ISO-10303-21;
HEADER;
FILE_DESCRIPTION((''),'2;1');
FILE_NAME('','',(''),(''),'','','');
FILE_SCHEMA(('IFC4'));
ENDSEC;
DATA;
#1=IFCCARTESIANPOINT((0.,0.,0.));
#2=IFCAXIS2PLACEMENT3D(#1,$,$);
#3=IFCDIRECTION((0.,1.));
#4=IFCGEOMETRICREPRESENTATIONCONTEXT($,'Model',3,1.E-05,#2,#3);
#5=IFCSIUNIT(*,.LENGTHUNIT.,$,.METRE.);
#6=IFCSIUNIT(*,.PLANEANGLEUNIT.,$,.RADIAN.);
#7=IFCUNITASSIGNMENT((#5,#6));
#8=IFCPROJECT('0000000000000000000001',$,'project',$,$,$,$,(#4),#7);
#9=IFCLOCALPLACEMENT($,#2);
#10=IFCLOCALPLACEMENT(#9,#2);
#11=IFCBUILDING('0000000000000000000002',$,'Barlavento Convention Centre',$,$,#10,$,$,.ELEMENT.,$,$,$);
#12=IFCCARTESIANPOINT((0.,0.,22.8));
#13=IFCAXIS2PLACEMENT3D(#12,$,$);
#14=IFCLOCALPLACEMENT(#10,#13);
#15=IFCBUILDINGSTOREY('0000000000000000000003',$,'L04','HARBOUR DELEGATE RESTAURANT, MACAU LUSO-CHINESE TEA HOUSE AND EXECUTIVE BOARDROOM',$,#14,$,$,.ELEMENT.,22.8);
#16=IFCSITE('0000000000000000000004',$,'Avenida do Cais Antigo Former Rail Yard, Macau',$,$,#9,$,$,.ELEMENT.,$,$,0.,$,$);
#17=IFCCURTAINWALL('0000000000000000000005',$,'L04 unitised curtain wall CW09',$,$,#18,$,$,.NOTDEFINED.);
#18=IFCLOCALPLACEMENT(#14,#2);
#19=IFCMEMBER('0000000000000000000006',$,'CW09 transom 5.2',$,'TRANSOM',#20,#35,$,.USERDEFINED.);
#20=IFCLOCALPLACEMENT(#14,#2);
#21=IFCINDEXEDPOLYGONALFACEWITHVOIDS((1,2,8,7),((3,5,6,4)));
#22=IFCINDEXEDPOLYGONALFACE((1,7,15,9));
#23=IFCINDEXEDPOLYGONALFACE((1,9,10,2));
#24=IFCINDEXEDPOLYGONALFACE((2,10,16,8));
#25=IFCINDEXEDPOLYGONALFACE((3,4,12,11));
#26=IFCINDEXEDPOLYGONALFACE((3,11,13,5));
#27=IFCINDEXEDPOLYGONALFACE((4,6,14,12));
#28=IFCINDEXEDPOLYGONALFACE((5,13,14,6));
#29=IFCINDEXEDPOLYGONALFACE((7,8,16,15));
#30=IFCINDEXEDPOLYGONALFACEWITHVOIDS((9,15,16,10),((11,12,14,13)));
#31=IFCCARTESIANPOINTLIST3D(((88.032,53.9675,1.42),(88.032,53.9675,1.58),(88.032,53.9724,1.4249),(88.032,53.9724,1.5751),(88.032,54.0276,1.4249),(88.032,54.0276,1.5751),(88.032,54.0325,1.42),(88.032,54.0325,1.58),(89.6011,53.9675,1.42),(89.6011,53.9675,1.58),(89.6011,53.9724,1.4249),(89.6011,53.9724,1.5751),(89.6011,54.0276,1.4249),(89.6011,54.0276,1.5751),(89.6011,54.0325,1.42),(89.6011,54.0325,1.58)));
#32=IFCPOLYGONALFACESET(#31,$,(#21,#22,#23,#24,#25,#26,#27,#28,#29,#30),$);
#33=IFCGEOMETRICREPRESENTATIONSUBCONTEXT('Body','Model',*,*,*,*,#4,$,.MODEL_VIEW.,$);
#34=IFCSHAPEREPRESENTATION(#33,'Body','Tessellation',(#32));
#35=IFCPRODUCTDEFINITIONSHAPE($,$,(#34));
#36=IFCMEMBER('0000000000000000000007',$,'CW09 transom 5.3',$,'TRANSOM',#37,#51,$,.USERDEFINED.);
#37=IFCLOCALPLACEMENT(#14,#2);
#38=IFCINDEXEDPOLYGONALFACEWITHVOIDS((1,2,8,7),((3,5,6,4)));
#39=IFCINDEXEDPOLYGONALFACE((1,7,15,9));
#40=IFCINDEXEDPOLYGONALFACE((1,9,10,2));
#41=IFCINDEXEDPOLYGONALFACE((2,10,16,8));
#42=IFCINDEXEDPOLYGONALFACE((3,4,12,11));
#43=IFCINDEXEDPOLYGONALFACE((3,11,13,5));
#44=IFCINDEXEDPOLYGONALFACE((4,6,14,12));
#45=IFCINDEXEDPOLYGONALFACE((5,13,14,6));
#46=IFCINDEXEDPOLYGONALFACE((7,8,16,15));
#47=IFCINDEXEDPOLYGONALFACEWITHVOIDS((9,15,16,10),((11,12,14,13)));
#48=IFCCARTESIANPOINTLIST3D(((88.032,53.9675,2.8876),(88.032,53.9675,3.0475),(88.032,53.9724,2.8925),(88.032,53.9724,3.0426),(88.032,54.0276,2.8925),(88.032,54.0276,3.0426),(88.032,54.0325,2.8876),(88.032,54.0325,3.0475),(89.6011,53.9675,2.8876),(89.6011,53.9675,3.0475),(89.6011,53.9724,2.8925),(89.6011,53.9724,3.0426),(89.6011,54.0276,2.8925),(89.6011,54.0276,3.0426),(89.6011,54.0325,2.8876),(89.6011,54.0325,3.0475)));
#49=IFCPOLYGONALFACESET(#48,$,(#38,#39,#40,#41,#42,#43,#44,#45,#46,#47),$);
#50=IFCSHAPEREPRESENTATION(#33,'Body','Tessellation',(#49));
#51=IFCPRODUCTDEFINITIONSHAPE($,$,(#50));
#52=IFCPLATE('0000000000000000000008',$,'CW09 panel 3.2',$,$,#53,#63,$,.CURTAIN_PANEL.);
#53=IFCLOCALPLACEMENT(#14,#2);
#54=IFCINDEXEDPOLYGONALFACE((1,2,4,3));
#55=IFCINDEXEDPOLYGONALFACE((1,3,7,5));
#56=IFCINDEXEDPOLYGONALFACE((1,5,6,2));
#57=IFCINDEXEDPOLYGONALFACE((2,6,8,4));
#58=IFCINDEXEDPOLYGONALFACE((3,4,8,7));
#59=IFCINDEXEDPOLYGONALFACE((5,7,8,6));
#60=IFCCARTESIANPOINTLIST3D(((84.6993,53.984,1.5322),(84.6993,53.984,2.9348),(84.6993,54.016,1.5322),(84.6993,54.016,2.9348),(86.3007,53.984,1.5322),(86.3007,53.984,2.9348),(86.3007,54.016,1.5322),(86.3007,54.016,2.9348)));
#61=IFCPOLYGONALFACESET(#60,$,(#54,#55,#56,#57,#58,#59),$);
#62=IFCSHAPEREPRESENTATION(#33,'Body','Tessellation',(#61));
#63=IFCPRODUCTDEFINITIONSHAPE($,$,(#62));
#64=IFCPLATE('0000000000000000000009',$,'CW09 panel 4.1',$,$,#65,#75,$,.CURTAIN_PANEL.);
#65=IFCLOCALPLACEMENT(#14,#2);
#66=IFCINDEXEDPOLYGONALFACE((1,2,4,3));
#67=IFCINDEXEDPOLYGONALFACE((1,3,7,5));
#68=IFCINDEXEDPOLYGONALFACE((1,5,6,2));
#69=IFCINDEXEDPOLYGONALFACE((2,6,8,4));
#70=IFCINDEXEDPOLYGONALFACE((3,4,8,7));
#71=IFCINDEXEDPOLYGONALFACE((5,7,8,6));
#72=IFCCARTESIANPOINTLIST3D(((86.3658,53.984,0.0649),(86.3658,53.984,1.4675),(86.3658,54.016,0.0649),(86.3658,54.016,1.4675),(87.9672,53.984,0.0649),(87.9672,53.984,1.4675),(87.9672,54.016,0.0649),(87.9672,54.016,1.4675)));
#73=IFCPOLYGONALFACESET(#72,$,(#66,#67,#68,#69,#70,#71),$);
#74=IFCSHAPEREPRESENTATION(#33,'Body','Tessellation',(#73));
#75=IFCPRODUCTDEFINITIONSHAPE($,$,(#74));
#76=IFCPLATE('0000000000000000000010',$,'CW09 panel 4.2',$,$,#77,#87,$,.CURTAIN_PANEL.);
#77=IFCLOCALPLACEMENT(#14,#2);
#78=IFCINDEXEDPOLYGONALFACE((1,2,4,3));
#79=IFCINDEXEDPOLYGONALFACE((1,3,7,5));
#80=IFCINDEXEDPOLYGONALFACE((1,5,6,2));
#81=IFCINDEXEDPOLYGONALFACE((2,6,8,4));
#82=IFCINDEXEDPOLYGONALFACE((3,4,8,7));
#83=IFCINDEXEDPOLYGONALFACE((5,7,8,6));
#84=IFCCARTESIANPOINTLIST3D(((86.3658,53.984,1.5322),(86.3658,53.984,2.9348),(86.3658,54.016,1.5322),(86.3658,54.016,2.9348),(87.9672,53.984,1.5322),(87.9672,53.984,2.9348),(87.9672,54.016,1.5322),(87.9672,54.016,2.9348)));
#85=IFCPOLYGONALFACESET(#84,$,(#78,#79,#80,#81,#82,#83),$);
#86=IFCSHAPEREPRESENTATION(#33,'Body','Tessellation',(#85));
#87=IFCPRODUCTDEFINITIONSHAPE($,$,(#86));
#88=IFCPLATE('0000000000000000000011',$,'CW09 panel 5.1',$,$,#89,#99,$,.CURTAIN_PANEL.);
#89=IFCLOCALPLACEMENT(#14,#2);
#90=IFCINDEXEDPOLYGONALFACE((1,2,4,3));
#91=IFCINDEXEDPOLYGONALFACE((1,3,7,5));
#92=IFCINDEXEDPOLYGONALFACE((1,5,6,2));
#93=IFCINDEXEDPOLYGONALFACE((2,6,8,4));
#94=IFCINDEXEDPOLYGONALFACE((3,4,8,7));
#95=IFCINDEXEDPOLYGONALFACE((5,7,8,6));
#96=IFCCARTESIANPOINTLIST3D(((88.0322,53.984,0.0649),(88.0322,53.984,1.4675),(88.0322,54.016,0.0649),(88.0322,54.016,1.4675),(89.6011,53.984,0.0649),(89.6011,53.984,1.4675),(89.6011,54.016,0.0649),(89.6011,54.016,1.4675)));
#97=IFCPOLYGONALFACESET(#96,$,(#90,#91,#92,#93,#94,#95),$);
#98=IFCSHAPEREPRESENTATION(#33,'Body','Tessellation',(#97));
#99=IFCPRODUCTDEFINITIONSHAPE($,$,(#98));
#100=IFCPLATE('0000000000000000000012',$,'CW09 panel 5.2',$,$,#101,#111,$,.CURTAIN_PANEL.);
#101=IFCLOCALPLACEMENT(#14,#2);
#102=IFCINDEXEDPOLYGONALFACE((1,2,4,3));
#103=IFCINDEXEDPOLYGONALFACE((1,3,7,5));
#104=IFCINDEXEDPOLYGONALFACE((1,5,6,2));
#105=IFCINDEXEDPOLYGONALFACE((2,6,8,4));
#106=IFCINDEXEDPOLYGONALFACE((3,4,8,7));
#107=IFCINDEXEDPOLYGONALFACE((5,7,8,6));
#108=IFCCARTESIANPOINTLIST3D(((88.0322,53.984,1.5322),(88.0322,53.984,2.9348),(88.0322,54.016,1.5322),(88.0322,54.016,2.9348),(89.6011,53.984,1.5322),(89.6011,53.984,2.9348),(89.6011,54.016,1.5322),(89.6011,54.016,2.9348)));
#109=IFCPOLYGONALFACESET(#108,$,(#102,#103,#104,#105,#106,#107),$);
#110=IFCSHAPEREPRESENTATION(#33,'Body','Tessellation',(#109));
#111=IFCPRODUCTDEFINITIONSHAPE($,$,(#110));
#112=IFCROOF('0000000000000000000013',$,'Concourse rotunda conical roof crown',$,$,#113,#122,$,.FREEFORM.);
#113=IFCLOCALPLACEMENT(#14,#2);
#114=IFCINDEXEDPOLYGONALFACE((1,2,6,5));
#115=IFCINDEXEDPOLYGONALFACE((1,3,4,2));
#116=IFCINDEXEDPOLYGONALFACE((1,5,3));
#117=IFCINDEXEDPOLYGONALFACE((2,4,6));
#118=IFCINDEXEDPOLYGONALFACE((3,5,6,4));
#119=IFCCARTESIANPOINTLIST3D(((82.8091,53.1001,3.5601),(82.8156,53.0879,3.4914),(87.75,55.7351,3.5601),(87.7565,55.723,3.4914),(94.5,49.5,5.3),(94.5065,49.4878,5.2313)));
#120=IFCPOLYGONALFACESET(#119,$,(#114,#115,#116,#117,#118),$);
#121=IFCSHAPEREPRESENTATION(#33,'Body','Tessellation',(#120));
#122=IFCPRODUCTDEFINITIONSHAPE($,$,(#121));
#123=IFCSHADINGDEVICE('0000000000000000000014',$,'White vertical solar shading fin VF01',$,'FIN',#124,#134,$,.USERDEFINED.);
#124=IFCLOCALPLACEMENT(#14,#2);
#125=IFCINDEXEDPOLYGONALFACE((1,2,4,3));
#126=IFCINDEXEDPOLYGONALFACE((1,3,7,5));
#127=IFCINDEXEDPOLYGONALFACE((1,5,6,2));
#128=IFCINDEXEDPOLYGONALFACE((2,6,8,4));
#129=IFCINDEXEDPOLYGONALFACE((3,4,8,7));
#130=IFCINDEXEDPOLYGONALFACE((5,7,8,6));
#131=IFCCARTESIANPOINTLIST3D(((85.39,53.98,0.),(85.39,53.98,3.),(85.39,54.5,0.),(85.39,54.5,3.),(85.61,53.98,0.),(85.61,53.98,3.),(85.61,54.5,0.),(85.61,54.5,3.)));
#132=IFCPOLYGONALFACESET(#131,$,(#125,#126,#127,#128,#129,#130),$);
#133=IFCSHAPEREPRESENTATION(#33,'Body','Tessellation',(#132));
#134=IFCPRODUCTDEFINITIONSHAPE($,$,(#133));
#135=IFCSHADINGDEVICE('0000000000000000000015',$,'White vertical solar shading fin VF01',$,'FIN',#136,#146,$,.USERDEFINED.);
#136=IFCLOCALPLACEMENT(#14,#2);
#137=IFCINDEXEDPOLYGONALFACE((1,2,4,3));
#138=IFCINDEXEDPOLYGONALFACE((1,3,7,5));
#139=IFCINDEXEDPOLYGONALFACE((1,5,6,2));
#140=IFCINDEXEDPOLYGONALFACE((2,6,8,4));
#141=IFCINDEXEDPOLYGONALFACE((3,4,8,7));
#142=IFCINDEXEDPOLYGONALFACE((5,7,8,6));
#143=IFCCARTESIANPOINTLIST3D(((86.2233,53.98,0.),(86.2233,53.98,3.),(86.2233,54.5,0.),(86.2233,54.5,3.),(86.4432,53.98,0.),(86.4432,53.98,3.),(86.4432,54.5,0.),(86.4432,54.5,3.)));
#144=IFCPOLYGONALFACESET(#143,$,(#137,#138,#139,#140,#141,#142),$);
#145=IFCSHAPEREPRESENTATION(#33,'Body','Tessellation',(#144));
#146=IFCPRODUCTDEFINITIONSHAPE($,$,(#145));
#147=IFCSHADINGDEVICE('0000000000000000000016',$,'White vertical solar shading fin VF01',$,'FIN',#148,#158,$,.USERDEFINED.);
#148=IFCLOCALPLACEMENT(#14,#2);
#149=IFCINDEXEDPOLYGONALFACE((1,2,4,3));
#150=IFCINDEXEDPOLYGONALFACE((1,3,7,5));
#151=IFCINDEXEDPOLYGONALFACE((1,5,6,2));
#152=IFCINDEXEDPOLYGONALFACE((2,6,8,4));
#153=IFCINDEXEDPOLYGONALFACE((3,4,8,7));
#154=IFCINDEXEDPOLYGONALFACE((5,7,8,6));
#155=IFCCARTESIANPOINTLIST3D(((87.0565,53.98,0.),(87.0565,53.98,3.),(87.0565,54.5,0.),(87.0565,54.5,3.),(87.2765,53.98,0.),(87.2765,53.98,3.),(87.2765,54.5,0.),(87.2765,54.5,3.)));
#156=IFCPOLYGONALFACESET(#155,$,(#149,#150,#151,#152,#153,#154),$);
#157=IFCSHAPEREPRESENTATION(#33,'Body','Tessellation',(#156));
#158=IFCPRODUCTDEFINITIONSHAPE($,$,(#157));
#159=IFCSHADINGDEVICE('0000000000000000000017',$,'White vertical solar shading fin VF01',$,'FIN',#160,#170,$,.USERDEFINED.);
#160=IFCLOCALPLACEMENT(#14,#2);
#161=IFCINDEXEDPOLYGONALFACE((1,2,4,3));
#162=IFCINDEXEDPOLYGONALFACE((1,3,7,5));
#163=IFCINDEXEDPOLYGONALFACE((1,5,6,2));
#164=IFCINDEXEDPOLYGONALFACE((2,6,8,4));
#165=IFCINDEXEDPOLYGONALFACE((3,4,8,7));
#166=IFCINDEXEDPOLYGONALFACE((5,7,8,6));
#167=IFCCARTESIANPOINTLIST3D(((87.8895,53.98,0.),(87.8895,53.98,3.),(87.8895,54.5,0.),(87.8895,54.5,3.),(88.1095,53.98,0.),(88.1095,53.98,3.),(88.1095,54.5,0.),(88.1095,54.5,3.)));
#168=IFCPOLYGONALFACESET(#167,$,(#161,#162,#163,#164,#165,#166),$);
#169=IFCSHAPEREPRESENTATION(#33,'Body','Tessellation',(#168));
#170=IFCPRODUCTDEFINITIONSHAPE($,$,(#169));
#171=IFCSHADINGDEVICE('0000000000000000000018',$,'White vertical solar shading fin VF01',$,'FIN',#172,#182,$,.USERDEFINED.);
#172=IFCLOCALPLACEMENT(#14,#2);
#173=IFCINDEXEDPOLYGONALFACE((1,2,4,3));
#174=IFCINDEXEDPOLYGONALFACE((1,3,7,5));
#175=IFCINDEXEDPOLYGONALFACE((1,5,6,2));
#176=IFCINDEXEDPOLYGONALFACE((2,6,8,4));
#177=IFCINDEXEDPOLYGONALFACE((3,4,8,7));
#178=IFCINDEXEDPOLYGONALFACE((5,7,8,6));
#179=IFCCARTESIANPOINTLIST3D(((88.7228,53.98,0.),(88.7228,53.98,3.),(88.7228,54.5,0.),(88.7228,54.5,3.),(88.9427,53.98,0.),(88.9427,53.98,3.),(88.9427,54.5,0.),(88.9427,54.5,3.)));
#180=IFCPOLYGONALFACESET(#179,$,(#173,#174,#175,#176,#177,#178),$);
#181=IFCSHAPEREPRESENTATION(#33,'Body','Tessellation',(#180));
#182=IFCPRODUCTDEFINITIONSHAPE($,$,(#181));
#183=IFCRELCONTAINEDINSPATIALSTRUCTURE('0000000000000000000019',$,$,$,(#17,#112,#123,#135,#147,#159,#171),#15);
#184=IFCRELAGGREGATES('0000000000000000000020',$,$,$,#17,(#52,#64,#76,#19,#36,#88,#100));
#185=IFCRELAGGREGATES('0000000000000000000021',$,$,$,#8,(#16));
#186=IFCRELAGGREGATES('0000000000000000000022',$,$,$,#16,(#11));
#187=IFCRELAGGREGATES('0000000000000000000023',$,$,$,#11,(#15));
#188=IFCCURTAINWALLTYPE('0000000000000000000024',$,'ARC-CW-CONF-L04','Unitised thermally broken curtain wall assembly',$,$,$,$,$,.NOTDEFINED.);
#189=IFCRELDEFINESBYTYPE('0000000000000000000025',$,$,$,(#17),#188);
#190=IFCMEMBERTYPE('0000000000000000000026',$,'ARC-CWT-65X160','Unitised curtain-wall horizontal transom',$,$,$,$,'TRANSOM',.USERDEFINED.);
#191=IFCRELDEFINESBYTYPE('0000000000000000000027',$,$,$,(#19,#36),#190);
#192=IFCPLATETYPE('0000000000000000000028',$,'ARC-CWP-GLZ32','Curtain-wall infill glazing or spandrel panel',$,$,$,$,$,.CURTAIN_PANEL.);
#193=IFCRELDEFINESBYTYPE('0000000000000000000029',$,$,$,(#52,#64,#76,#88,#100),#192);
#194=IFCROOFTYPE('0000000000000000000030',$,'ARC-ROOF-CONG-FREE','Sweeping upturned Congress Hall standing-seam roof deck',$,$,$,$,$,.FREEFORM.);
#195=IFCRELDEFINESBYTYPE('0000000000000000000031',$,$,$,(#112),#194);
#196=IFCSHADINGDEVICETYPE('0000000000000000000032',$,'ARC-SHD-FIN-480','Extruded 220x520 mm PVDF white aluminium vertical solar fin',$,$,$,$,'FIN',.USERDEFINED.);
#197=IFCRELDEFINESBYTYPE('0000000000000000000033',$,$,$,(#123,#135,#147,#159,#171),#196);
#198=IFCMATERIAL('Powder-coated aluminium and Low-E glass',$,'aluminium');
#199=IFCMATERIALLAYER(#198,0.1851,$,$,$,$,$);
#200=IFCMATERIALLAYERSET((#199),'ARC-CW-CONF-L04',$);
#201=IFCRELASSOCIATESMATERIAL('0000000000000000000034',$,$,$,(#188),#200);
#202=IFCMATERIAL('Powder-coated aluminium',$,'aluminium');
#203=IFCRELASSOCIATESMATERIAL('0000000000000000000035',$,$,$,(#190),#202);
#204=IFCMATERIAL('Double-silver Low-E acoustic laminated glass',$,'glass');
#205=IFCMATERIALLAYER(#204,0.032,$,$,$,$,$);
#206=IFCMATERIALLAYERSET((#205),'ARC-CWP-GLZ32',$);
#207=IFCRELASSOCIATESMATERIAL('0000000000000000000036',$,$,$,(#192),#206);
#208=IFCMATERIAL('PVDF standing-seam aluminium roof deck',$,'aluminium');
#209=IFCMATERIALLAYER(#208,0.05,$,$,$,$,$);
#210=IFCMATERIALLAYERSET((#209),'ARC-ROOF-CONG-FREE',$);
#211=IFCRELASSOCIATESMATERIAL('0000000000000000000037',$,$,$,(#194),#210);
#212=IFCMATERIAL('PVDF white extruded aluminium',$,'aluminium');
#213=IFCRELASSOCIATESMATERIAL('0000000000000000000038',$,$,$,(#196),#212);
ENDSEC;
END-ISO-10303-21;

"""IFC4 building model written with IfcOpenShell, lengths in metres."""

from ifc_helpers import new_model, si_unit, direction, frame, origin, origin_2d, place, context, subcontext, project, spatial, polyline, rectangle, hollow_rectangle, outline, extrude, material, layer, layer_set, material_profile, profile_set, type_object, element, aggregate, save


model = new_model("IFC4")

# Units and contexts
model_context = context("Model", 3, precision=1e-05, world=origin(), true_north=direction((0.0, 1.0)))
body_context = subcontext(model_context, "Body", "Model", "MODEL_VIEW")
ifc_project = project(units=[si_unit("LENGTHUNIT", "METRE"), si_unit("PLANEANGLEUNIT", "RADIAN")], contexts=[model_context])

# Site, building, storey
site_placement = place(None, origin())
site = spatial("IfcSite", under=ifc_project, at=site_placement, Name="Avenida do Cais Antigo Former Rail Yard, Macau", CompositionType="ELEMENT", RefElevation=0.0)
building_placement = place(site_placement, origin())
building = spatial("IfcBuilding", under=site, at=building_placement, Name="Barlavento Convention Centre", CompositionType="ELEMENT")
storey_placement = place(building_placement, frame((0.0, 0.0, 22.8)))
storey = spatial("IfcBuildingStorey", under=building, at=storey_placement, Name="L04", Description="HARBOUR DELEGATE RESTAURANT, MACAU LUSO-CHINESE TEA HOUSE AND EXECUTIVE BOARDROOM", CompositionType="ELEMENT", Elevation=22.8)

# Curtain wall, members, plates
ifc_material_1 = material(Name="Powder-coated aluminium and Low-E glass", Category="aluminium")
ifc_layer_1 = layer(ifc_material_1, 0.1851)
ifc_layer_set_1 = layer_set([ifc_layer_1], Name="ARC-CW-CONF-L04")
curtain_wall_type = type_object("IfcCurtainWallType", Name="ARC-CW-CONF-L04", Description="Unitised thermally broken curtain wall assembly", PredefinedType="NOTDEFINED", material=ifc_layer_set_1)
curtain_wall_placement = place(storey_placement, origin())
curtain_wall = element("IfcCurtainWall", 1, at=curtain_wall_placement, inside=storey, type_object=curtain_wall_type, Name="L04 unitised curtain wall CW09", PredefinedType="NOTDEFINED")
ifc_material_2 = material(Name="Powder-coated aluminium", Category="aluminium")
ifc_material_profile_1 = material_profile(ifc_material_2, hollow_rectangle(XDim=0.0649, YDim=0.1599, WallThickness=0.0049, at=origin_2d()), Name="AL-TRAN 65x160x5")
ifc_profile_set_1 = profile_set([ifc_material_profile_1], Name="Powder-coated aluminium")
member_type_1 = type_object("IfcMemberType", Name="ARC-CWT-65X160", Description="Unitised curtain-wall horizontal transom", ElementType="TRANSOM", PredefinedType="USERDEFINED", material=ifc_profile_set_1)
member_1_placement = place(storey_placement, frame((88.032, 54.0, 1.5), z_axis=(1.0, 0.0, 0.0), x_axis=(0.0, 1.0, 0.0)))
member_1 = element("IfcMember", 2, at=member_1_placement, type_object=member_type_1, Name="CW09 transom 5.2", ObjectType="TRANSOM", PredefinedType="USERDEFINED", context=body_context, shape_type="SweptSolid", body=[
    extrude(hollow_rectangle(XDim=0.0649, YDim=0.1599, WallThickness=0.0049, at=origin_2d()), origin(), (0.0, 0.0, 1.0), 1.5691),
])
member_2_placement = place(storey_placement, frame((88.032, 54.0, 2.9675), z_axis=(1.0, 0.0, 0.0), x_axis=(0.0, 1.0, 0.0)))
member_2 = element("IfcMember", 3, at=member_2_placement, type_object=member_type_1, Name="CW09 transom 5.3", ObjectType="TRANSOM", PredefinedType="USERDEFINED", context=body_context, shape_type="SweptSolid", body=[
    extrude(hollow_rectangle(XDim=0.0649, YDim=0.1599, WallThickness=0.0049, at=origin_2d()), origin(), (0.0, 0.0, 1.0), 1.5691),
])
ifc_material_3 = material(Name="Double-silver Low-E acoustic laminated glass", Category="glass")
ifc_layer_2 = layer(ifc_material_3, 0.032)
ifc_layer_set_2 = layer_set([ifc_layer_2], Name="ARC-CWP-GLZ32")
plate_type = type_object("IfcPlateType", Name="ARC-CWP-GLZ32", Description="Curtain-wall infill glazing or spandrel panel", PredefinedType="CURTAIN_PANEL", material=ifc_layer_set_2)
plate_1_placement = place(storey_placement, frame((85.5, 54.0, 1.5322), z_axis=(0.0, 0.0, 1.0), x_axis=(1.0, 0.0, 0.0)))
plate_1 = element("IfcPlate", 4, at=plate_1_placement, type_object=plate_type, Name="CW09 panel 3.2", PredefinedType="CURTAIN_PANEL", context=body_context, shape_type="SweptSolid", body=[
    extrude(rectangle(XDim=1.6013, YDim=0.032, at=origin_2d()), origin(), (0.0, 0.0, 1.0), 1.4026),
])
plate_2_placement = place(storey_placement, frame((87.1665, 54.0, 0.0649), z_axis=(0.0, 0.0, 1.0), x_axis=(1.0, 0.0, 0.0)))
plate_2 = element("IfcPlate", 5, at=plate_2_placement, type_object=plate_type, Name="CW09 panel 4.1", PredefinedType="CURTAIN_PANEL", context=body_context, shape_type="SweptSolid", body=[
    extrude(rectangle(XDim=1.6013, YDim=0.032, at=origin_2d()), origin(), (0.0, 0.0, 1.0), 1.4026),
])
plate_3_placement = place(storey_placement, frame((87.1665, 54.0, 1.5322), z_axis=(0.0, 0.0, 1.0), x_axis=(1.0, 0.0, 0.0)))
plate_3 = element("IfcPlate", 6, at=plate_3_placement, type_object=plate_type, Name="CW09 panel 4.2", PredefinedType="CURTAIN_PANEL", context=body_context, shape_type="SweptSolid", body=[
    extrude(rectangle(XDim=1.6013, YDim=0.032, at=origin_2d()), origin(), (0.0, 0.0, 1.0), 1.4026),
])
plate_4_placement = place(storey_placement, frame((88.8167, 54.0, 0.0649), z_axis=(0.0, 0.0, 1.0), x_axis=(1.0, 0.0, 0.0)))
plate_4 = element("IfcPlate", 7, at=plate_4_placement, type_object=plate_type, Name="CW09 panel 5.1", PredefinedType="CURTAIN_PANEL", context=body_context, shape_type="SweptSolid", body=[
    extrude(rectangle(XDim=1.5688, YDim=0.032, at=origin_2d()), origin(), (0.0, 0.0, 1.0), 1.4026),
])
plate_5_placement = place(storey_placement, frame((88.8167, 54.0, 1.5322), z_axis=(0.0, 0.0, 1.0), x_axis=(1.0, 0.0, 0.0)))
plate_5 = element("IfcPlate", 8, at=plate_5_placement, type_object=plate_type, Name="CW09 panel 5.2", PredefinedType="CURTAIN_PANEL", context=body_context, shape_type="SweptSolid", body=[
    extrude(rectangle(XDim=1.5688, YDim=0.032, at=origin_2d()), origin(), (0.0, 0.0, 1.0), 1.4026),
])
aggregate(curtain_wall, [plate_1, plate_2, plate_3, member_1, member_2, plate_4, plate_5])

# Roof
ifc_material_4 = material(Name="PVDF standing-seam aluminium roof deck", Category="aluminium")
ifc_layer_3 = layer(ifc_material_4, 0.05)
ifc_layer_set_3 = layer_set([ifc_layer_3], Name="ARC-ROOF-CONG-FREE")
roof_type = type_object("IfcRoofType", Name="ARC-ROOF-CONG-FREE", Description="Sweeping upturned Congress Hall standing-seam roof deck", PredefinedType="FREEFORM", material=ifc_layer_set_3)
roof_placement = place(storey_placement, frame((87.75, 55.7351, 3.5601), z_axis=(-0.092511, 0.173467, 0.980485), x_axis=(-0.882364, -0.470568, 0.0)))
element("IfcRoof", 9, at=roof_placement, inside=storey, type_object=roof_type, Name="Concourse rotunda conical roof crown", PredefinedType="FREEFORM", context=body_context, shape_type="SweptSolid", body=[
    extrude(outline(polyline([(0.0, 0.0), (5.5996, 0.0), (-3.0219, 8.8507), (0.0, 0.0)])), origin(), (0.0, 0.0, -1.0), 0.0701),
])

# Shading devices
ifc_material_5 = material(Name="PVDF white extruded aluminium", Category="aluminium")
shading_device_type = type_object("IfcShadingDeviceType", Name="ARC-SHD-FIN-480", Description="Extruded 220x520 mm PVDF white aluminium vertical solar fin", ElementType="FIN", PredefinedType="USERDEFINED", material=ifc_material_5)
for number, where, z_axis, x_axis, name in (
    (10, (85.5, 54.24, 0.0), (0.0, 0.0, 1.0), (1.0, 0.0, 0.0), "White vertical solar shading fin VF01"),
    (11, (86.3333, 54.24, 0.0), (0.0, 0.0, 1.0), (1.0, 0.0, 0.0), "White vertical solar shading fin VF01"),
    (12, (87.1665, 54.24, 0.0), (0.0, 0.0, 1.0), (1.0, 0.0, 0.0), "White vertical solar shading fin VF01"),
    (13, (87.9995, 54.24, 0.0), (0.0, 0.0, 1.0), (1.0, 0.0, 0.0), "White vertical solar shading fin VF01"),
    (14, (88.8328, 54.24, 0.0), (0.0, 0.0, 1.0), (1.0, 0.0, 0.0), "White vertical solar shading fin VF01"),
):
    element("IfcShadingDevice", number, at=place(storey_placement, frame(where, z_axis=z_axis, x_axis=x_axis)), inside=storey, type_object=shading_device_type, Name=name, ObjectType="FIN", PredefinedType="USERDEFINED", context=body_context, shape_type="SweptSolid", body=[
        extrude(rectangle(XDim=0.22, YDim=0.52, at=origin_2d()), origin(), (0.0, 0.0, 1.0), 3.0),
    ])

save(model, "model.ifc")
